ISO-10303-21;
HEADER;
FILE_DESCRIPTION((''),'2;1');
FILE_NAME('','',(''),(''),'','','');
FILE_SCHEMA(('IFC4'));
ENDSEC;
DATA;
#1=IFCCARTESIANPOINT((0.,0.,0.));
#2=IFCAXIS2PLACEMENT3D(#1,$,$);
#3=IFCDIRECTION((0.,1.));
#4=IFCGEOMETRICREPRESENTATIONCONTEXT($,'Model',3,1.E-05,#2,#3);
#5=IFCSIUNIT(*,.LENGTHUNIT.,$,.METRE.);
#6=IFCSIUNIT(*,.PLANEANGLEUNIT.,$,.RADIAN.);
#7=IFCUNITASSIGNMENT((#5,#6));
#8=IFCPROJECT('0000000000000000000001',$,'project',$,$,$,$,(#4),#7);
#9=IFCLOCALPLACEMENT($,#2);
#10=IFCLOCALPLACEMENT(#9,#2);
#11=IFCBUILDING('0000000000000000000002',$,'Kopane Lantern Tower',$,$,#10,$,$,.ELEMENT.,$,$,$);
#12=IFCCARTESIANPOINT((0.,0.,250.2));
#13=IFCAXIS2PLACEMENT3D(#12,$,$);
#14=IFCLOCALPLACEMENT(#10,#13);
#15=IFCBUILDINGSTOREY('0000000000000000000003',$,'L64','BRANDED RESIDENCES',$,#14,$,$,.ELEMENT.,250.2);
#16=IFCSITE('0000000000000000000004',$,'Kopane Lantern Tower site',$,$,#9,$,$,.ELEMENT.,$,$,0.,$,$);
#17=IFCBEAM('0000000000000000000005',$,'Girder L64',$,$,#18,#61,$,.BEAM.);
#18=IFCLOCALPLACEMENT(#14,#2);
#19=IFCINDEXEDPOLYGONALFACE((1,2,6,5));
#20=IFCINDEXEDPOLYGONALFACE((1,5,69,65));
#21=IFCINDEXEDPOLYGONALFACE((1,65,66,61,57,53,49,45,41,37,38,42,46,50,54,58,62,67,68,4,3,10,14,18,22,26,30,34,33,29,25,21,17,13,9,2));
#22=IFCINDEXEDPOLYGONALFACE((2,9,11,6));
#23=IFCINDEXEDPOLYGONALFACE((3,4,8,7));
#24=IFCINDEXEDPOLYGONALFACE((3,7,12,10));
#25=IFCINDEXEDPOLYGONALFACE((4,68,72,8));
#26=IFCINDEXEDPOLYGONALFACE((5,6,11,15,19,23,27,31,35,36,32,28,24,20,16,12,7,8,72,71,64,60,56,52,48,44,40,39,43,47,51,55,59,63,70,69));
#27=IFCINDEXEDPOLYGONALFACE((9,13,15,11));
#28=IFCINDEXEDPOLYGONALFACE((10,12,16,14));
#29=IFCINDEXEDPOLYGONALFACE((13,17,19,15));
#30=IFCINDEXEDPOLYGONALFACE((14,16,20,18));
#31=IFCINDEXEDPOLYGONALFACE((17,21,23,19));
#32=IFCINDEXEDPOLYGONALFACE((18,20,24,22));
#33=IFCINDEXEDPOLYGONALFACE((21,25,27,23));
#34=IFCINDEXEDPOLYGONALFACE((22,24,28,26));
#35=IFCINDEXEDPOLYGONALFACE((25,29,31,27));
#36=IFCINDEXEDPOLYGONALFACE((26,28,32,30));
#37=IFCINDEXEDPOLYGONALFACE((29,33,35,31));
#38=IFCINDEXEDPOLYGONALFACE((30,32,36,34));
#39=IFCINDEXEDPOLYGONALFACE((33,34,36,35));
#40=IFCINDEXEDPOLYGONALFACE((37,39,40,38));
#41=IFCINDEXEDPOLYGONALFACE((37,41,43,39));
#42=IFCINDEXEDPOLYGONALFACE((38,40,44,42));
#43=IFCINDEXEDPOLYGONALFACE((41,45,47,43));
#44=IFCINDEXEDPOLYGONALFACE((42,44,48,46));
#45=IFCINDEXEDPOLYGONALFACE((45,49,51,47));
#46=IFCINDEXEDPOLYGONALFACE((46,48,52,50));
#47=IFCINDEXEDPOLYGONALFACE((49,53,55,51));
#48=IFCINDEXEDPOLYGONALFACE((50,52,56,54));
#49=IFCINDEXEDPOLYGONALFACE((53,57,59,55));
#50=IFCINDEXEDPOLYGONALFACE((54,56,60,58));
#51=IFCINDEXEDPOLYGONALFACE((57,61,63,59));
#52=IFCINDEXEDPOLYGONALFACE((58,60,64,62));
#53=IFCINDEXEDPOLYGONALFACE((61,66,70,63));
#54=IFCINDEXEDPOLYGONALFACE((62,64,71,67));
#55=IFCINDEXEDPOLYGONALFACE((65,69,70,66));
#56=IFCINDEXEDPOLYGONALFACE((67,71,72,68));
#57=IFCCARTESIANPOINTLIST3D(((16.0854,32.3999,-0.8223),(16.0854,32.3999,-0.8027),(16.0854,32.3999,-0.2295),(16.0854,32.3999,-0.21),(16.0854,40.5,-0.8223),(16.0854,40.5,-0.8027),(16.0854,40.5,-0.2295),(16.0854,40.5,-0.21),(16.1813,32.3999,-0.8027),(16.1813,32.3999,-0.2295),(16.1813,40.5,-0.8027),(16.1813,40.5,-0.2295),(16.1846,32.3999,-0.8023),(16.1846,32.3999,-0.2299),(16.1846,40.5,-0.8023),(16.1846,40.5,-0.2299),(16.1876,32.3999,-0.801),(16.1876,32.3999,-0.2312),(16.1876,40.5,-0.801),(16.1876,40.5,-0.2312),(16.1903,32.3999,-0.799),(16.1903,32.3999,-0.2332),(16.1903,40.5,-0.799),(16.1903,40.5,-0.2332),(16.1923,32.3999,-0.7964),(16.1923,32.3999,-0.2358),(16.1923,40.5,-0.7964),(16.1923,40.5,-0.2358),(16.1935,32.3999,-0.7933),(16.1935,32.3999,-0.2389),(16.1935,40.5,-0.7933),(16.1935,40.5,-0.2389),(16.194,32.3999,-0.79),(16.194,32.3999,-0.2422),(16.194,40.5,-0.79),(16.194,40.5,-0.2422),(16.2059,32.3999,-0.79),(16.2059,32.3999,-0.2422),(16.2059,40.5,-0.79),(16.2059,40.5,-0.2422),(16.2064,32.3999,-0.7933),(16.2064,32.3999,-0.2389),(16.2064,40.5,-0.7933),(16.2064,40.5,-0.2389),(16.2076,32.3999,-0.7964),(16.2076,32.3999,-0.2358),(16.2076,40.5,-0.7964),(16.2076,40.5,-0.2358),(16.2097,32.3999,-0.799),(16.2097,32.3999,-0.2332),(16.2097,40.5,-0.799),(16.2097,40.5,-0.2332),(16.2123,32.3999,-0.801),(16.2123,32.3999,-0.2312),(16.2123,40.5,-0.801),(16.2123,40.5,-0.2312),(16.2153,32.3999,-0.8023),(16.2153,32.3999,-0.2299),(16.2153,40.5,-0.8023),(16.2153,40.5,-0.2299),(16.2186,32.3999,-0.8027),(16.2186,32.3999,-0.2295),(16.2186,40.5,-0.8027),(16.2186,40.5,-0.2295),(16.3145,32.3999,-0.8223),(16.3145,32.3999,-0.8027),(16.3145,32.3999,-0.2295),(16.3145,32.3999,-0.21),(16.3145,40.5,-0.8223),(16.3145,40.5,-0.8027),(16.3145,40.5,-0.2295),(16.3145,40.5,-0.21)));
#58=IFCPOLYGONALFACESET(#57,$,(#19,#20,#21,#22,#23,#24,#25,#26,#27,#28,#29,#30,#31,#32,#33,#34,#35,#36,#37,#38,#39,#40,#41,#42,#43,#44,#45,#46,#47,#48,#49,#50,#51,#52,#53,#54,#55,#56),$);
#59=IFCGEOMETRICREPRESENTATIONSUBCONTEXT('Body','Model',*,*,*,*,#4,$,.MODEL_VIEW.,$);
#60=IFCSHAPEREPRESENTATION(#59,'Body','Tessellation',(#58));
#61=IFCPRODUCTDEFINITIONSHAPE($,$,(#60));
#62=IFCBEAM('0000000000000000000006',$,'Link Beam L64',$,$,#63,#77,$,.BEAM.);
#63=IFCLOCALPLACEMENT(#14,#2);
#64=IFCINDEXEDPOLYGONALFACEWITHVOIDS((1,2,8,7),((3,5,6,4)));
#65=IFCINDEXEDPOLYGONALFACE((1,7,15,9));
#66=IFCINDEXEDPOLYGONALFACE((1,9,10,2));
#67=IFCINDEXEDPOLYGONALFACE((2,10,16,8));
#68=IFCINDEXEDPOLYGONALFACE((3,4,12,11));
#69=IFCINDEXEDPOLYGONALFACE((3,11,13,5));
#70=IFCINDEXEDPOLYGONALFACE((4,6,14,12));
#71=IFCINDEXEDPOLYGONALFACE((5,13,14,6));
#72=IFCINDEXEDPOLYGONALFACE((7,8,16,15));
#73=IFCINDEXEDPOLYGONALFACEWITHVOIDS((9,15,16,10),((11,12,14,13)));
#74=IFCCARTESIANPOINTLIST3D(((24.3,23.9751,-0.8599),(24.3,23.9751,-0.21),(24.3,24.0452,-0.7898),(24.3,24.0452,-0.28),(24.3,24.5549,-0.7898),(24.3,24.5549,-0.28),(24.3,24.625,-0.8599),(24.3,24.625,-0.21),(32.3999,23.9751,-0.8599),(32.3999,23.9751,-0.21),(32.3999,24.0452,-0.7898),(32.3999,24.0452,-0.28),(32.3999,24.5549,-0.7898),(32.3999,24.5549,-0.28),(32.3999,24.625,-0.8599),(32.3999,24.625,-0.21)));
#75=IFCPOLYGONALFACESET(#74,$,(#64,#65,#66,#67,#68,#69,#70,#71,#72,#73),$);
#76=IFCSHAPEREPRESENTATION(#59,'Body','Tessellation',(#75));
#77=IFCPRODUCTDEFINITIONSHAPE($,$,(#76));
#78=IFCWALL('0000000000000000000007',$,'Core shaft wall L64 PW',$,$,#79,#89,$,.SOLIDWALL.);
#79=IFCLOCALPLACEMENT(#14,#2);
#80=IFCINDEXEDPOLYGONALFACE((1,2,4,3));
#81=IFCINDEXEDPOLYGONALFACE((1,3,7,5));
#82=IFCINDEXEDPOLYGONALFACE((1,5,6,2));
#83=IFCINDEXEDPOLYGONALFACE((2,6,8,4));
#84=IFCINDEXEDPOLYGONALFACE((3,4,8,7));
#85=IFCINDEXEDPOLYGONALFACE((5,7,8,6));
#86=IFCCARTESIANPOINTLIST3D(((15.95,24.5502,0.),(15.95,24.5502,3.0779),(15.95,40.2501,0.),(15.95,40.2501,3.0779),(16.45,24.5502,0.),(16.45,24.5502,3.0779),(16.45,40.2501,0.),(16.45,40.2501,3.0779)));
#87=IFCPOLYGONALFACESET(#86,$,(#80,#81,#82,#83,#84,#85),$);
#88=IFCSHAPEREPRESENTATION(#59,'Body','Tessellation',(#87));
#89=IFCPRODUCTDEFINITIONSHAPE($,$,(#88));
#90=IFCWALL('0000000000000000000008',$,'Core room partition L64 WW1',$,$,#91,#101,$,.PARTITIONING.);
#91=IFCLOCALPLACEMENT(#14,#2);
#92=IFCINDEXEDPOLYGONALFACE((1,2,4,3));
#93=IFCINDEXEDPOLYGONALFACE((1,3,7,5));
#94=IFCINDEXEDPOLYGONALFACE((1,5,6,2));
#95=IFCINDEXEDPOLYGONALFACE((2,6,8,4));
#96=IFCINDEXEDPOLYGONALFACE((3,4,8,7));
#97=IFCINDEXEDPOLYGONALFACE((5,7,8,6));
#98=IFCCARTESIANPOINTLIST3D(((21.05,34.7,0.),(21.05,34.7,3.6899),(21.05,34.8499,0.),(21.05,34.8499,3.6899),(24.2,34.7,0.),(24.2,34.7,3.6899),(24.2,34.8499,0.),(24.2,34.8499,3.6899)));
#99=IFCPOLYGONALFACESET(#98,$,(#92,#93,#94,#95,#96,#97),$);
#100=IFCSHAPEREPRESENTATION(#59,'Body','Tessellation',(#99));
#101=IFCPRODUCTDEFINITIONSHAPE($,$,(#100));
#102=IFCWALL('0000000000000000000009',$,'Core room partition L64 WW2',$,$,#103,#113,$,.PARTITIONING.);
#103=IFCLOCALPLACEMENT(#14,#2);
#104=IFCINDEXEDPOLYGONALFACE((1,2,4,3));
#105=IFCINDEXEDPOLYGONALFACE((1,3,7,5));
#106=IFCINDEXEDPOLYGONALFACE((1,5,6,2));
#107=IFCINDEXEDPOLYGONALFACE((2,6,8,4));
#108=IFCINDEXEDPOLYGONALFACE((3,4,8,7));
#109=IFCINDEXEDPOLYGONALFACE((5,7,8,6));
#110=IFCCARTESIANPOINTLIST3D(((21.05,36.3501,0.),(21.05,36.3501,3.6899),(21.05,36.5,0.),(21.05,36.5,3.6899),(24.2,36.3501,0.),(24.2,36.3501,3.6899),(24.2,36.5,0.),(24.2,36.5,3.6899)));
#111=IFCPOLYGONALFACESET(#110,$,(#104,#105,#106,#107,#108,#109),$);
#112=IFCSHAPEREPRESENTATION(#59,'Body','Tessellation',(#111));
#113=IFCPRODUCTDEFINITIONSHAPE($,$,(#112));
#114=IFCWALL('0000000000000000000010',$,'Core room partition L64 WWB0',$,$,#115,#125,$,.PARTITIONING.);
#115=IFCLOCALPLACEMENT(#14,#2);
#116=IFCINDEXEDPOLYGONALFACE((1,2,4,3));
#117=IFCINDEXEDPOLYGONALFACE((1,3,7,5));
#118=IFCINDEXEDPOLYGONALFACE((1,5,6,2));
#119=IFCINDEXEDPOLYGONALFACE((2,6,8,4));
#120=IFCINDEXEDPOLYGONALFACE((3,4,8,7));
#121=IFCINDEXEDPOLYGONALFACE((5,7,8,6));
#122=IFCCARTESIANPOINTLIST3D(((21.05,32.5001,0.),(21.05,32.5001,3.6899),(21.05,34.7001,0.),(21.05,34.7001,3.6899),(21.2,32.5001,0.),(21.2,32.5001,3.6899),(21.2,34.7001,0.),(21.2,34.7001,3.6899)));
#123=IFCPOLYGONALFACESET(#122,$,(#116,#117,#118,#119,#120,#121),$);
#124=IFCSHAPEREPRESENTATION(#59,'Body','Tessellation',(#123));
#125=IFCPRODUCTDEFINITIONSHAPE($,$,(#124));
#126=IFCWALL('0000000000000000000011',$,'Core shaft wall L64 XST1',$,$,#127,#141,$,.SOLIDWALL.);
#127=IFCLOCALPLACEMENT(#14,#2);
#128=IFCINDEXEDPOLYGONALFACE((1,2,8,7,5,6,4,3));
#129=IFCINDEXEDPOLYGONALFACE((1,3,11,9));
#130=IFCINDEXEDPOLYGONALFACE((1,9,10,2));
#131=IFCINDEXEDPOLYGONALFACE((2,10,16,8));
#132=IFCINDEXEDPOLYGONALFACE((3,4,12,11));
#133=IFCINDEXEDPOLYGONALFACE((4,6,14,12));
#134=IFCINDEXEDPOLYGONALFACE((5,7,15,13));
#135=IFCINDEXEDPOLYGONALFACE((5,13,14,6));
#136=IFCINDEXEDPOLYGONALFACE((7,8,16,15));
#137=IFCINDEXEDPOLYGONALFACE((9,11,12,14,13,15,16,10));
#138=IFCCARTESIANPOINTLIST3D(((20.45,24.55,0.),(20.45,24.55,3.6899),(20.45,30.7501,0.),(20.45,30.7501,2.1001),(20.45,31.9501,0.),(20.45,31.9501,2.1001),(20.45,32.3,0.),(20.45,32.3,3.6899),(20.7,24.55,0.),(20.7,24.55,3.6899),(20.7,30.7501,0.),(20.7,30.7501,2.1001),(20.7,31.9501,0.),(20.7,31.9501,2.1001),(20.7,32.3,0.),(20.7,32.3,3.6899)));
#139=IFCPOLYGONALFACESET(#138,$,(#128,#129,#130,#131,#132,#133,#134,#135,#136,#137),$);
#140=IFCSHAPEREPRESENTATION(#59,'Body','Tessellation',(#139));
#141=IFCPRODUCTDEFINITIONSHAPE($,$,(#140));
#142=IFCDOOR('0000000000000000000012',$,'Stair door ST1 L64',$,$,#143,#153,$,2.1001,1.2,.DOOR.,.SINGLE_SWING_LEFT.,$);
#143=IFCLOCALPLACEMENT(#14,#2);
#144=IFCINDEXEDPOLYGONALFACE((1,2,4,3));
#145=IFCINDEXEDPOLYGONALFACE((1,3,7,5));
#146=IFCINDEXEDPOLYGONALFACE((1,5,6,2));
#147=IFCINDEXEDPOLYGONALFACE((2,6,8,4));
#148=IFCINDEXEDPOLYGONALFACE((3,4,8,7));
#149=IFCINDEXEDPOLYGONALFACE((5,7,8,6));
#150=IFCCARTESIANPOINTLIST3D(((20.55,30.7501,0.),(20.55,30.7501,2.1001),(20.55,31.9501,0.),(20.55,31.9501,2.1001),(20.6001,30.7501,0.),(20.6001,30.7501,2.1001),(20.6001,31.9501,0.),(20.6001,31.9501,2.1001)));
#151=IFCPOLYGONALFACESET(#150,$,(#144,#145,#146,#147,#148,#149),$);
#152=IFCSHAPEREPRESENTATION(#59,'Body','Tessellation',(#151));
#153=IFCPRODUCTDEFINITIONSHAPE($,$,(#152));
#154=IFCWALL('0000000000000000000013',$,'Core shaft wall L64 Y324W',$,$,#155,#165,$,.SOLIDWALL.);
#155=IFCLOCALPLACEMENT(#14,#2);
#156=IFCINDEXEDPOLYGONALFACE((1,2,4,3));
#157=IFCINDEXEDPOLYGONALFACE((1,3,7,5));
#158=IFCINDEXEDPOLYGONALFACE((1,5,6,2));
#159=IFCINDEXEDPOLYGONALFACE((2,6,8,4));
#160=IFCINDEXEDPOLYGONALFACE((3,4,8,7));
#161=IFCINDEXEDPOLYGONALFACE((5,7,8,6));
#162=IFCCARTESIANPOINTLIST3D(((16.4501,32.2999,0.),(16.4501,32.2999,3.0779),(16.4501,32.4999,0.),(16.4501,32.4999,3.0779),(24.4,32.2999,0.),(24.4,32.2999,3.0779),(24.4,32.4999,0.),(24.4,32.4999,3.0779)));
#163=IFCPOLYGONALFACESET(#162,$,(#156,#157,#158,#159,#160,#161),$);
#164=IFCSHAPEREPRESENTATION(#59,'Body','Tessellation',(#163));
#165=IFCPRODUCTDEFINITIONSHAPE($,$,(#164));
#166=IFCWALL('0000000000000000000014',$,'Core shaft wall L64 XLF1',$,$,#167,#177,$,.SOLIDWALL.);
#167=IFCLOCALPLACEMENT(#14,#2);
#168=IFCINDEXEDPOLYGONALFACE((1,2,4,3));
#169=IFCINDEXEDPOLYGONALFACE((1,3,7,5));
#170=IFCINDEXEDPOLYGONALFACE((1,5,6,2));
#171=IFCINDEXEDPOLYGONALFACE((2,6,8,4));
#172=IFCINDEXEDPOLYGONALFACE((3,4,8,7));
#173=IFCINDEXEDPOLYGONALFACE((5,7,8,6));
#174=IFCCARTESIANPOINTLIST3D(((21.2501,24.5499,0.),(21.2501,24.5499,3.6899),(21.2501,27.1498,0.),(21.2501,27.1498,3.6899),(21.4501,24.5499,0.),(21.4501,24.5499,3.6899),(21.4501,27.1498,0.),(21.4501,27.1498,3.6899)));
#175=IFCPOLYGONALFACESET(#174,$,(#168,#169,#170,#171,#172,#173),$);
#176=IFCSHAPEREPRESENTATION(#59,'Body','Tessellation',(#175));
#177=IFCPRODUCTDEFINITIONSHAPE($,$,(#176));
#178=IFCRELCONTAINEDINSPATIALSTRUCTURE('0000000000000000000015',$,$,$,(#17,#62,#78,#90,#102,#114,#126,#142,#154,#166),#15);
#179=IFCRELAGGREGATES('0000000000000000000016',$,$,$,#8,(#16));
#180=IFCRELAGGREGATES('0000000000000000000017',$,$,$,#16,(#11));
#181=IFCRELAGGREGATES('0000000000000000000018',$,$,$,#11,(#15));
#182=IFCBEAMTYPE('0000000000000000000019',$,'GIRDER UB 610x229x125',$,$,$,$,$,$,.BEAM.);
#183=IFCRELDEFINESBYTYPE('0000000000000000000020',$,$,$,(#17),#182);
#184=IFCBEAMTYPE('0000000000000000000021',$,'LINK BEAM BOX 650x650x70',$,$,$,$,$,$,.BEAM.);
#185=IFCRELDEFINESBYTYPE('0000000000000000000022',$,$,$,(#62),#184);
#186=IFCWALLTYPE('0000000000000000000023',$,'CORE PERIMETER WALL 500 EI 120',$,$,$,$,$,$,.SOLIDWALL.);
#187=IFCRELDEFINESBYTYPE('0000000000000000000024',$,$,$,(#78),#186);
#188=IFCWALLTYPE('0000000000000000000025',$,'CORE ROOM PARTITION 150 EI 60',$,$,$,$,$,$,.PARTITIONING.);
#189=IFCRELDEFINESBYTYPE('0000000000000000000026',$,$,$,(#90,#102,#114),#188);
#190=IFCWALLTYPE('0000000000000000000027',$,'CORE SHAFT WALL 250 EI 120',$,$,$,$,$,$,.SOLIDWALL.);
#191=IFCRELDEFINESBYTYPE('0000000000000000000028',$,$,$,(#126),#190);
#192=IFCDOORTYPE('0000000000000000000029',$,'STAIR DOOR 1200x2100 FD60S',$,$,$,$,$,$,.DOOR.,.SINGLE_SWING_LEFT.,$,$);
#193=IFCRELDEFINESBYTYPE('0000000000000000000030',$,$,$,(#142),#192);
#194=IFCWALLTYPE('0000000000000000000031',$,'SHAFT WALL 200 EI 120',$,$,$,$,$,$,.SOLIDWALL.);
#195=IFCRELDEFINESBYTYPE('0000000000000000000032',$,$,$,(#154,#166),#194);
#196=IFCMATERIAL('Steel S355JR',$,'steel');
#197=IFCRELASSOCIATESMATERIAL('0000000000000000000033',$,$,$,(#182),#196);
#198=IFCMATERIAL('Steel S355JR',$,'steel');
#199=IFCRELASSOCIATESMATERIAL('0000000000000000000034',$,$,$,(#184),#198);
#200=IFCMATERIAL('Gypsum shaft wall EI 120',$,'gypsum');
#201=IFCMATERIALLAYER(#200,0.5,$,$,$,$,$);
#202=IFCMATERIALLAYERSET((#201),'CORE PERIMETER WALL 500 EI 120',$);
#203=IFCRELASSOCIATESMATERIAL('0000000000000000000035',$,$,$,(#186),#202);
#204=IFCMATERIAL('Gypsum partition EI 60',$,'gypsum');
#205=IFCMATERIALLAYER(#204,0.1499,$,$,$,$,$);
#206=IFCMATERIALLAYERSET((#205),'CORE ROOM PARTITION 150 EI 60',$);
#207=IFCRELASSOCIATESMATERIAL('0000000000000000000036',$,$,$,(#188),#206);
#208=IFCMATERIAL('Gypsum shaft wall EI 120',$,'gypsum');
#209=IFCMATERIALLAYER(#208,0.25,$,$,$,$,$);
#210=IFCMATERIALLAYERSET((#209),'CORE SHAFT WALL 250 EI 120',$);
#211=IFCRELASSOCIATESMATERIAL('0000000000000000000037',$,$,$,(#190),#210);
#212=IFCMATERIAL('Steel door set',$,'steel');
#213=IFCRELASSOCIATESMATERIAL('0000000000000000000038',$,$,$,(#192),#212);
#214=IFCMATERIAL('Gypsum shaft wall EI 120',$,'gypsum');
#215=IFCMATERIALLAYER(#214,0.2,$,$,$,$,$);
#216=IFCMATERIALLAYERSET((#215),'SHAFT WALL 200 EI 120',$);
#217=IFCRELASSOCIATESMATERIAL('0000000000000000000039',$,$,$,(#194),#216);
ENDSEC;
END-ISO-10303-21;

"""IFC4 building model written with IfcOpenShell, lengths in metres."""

from ifc_helpers import new_model, si_unit, direction, frame, frame_2d, origin, origin_2d, place, context, subcontext, project, spatial, rectangle, hollow_rectangle, i_section, extrude, material, layer, layer_set, material_profile, profile_set, type_object, element, fill, save


model = new_model("IFC4")

# Units and contexts
model_context = context("Model", 3, precision=1e-05, world=origin(), true_north=direction((0.0, 1.0)))
body_context = subcontext(model_context, "Body", "Model", "MODEL_VIEW")
ifc_project = project(units=[si_unit("LENGTHUNIT", "METRE"), si_unit("PLANEANGLEUNIT", "RADIAN")], contexts=[model_context])

# Site, building, storey
site_placement = place(None, origin())
site = spatial("IfcSite", under=ifc_project, at=site_placement, Name="Kopane Lantern Tower site", CompositionType="ELEMENT", RefElevation=0.0)
building_placement = place(site_placement, origin())
building = spatial("IfcBuilding", under=site, at=building_placement, Name="Kopane Lantern Tower", CompositionType="ELEMENT")
storey_placement = place(building_placement, frame((0.0, 0.0, 250.2)))
storey = spatial("IfcBuildingStorey", under=building, at=storey_placement, Name="L64", Description="BRANDED RESIDENCES", CompositionType="ELEMENT", Elevation=250.2)

# Beams
ifc_material_1 = material(Name="Steel S355JR", Category="steel")
ifc_material_profile_1 = material_profile(ifc_material_1, i_section(OverallWidth=0.229, OverallDepth=0.6123, WebThickness=0.012, FlangeThickness=0.0195, FilletRadius=0.0127, at=origin_2d()), Name="UB 610x229x125")
ifc_profile_set_1 = profile_set([ifc_material_profile_1], Name="Steel S355JR")
beam_type_1 = type_object("IfcBeamType", Name="GIRDER UB 610x229x125", PredefinedType="BEAM", material=ifc_profile_set_1)
beam_1_placement = place(storey_placement, frame((16.2, 32.3999, -0.5161), z_axis=(0.0, 1.0, 0.0), x_axis=(-1.0, 0.0, 0.0)))
element("IfcBeam", 1, at=beam_1_placement, inside=storey, type_object=beam_type_1, Name="Girder L64", PredefinedType="BEAM", context=body_context, shape_type="SweptSolid", body=[
    extrude(i_section(OverallWidth=0.229, OverallDepth=0.6123, WebThickness=0.012, FlangeThickness=0.0195, FilletRadius=0.0127, at=origin_2d()), origin(), (0.0, 0.0, 1.0), 8.1001),
])
ifc_material_2 = material(Name="Steel S355JR", Category="steel")
ifc_material_profile_2 = material_profile(ifc_material_2, hollow_rectangle(XDim=0.6499, YDim=0.6499, WallThickness=0.0701, at=origin_2d()), Name="BOX 650x650x70")
ifc_profile_set_2 = profile_set([ifc_material_profile_2], Name="Steel S355JR")
beam_type_2 = type_object("IfcBeamType", Name="LINK BEAM BOX 650x650x70", PredefinedType="BEAM", material=ifc_profile_set_2)
beam_2_placement = place(storey_placement, frame((24.3, 24.3, -0.5349), z_axis=(1.0, 0.0, 0.0), x_axis=(0.0, 1.0, 0.0)))
element("IfcBeam", 2, at=beam_2_placement, inside=storey, type_object=beam_type_2, Name="Link Beam L64", PredefinedType="BEAM", context=body_context, shape_type="SweptSolid", body=[
    extrude(hollow_rectangle(XDim=0.6499, YDim=0.6499, WallThickness=0.0701, at=origin_2d()), origin(), (0.0, 0.0, 1.0), 8.0999),
])

# Walls
ifc_material_3 = material(Name="Gypsum shaft wall EI 120", Category="gypsum")
ifc_layer_1 = layer(ifc_material_3, 0.5)
ifc_layer_set_1 = layer_set([ifc_layer_1], Name="CORE PERIMETER WALL 500 EI 120")
wall_type_1 = type_object("IfcWallType", Name="CORE PERIMETER WALL 500 EI 120", PredefinedType="SOLIDWALL", material=ifc_layer_set_1)
wall_1_placement = place(storey_placement, frame((16.2, 24.55, 0.0), z_axis=(0.0, 0.0, 1.0), x_axis=(0.0, 1.0, 0.0)))
element("IfcWall", 3, at=wall_1_placement, inside=storey, type_object=wall_type_1, Name="Core shaft wall L64 PW", PredefinedType="SOLIDWALL", context=body_context, shape_type="SweptSolid", body=[
    extrude(rectangle(XDim=15.7, YDim=0.5, at=frame_2d((7.8501, 0.0))), origin(), (0.0, 0.0, 1.0), 3.0779),
])
ifc_material_4 = material(Name="Gypsum partition EI 60", Category="gypsum")
ifc_layer_2 = layer(ifc_material_4, 0.1499)
ifc_layer_set_2 = layer_set([ifc_layer_2], Name="CORE ROOM PARTITION 150 EI 60")
wall_type_2 = type_object("IfcWallType", Name="CORE ROOM PARTITION 150 EI 60", PredefinedType="PARTITIONING", material=ifc_layer_set_2)
for number, where, z_axis, x_axis, name in (
    (4, (21.05, 34.7749, 0.0), (0.0, 0.0, 1.0), (1.0, 0.0, 0.0), "Core room partition L64 WW1"),
    (5, (21.05, 36.425, 0.0), (0.0, 0.0, 1.0), (1.0, 0.0, 0.0), "Core room partition L64 WW2"),
):
    element("IfcWall", number, at=place(storey_placement, frame(where, z_axis=z_axis, x_axis=x_axis)), inside=storey, type_object=wall_type_2, Name=name, PredefinedType="PARTITIONING", context=body_context, shape_type="SweptSolid", body=[
        extrude(rectangle(XDim=3.1499, YDim=0.1499, at=frame_2d((1.575, 0.0))), origin(), (0.0, 0.0, 1.0), 3.6899),
    ])
wall_2_placement = place(storey_placement, frame((21.125, 32.5, 0.0), z_axis=(0.0, 0.0, 1.0), x_axis=(0.0, 1.0, 0.0)))
element("IfcWall", 6, at=wall_2_placement, inside=storey, type_object=wall_type_2, Name="Core room partition L64 WWB0", PredefinedType="PARTITIONING", context=body_context, shape_type="SweptSolid", body=[
    extrude(rectangle(XDim=2.2, YDim=0.1499, at=frame_2d((1.1001, 0.0))), origin(), (0.0, 0.0, 1.0), 3.6899),
])

# Wall, opening, door
ifc_material_5 = material(Name="Gypsum shaft wall EI 120", Category="gypsum")
ifc_layer_3 = layer(ifc_material_5, 0.25)
ifc_layer_set_3 = layer_set([ifc_layer_3], Name="CORE SHAFT WALL 250 EI 120")
wall_type_3 = type_object("IfcWallType", Name="CORE SHAFT WALL 250 EI 120", PredefinedType="SOLIDWALL", material=ifc_layer_set_3)
wall_3_placement = place(storey_placement, frame((20.575, 24.55, 0.0), z_axis=(0.0, 0.0, 1.0), x_axis=(0.0, 1.0, 0.0)))
wall_3 = element("IfcWall", 7, at=wall_3_placement, inside=storey, type_object=wall_type_3, Name="Core shaft wall L64 XST1", PredefinedType="SOLIDWALL", context=body_context, shape_type="SweptSolid", body=[
    extrude(rectangle(XDim=7.75, YDim=0.25, at=frame_2d((3.875, 0.0))), origin(), (0.0, 0.0, 1.0), 3.6899),
])
opening_1_placement = place(wall_3_placement, frame((6.2, 0.0, 0.0)))
opening_1 = element("IfcOpeningElement", 8, at=opening_1_placement, cuts=wall_3, PredefinedType="OPENING", context=body_context, shape_type="SweptSolid", body=[
    extrude(rectangle(XDim=1.2, YDim=2.1001, at=frame_2d((0.6001, 1.05))), frame((0.0, 0.135, 0.0), z_axis=(0.0, -1.0, 0.0), x_axis=(1.0, 0.0, 0.0)), (0.0, 0.0, 1.0), 0.27),
])
ifc_material_6 = material(Name="Steel door set", Category="steel")
door_type_1 = type_object("IfcDoorType", Name="STAIR DOOR 1200x2100 FD60S", OperationType="SINGLE_SWING_LEFT", PredefinedType="DOOR", material=ifc_material_6)
door_1_placement = place(opening_1_placement, origin())
door_1 = element("IfcDoor", 9, at=door_1_placement, inside=storey, type_object=door_type_1, Name="Stair door ST1 L64", OperationType="SINGLE_SWING_LEFT", OverallHeight=2.1001, OverallWidth=1.2, PredefinedType="DOOR", context=body_context, shape_type="SweptSolid", body=[
    extrude(rectangle(XDim=1.2, YDim=2.1001, at=frame_2d((0.6001, 1.05))), frame((0.0, 0.0249, 0.0), z_axis=(0.0, -1.0, 0.0), x_axis=(1.0, 0.0, 0.0)), (0.0, 0.0, 1.0), 0.05),
])
fill(opening_1, door_1)

# Walls
ifc_material_7 = material(Name="Gypsum shaft wall EI 120", Category="gypsum")
ifc_layer_4 = layer(ifc_material_7, 0.2)
ifc_layer_set_4 = layer_set([ifc_layer_4], Name="SHAFT WALL 200 EI 120")
wall_type_4 = type_object("IfcWallType", Name="SHAFT WALL 200 EI 120", PredefinedType="SOLIDWALL", material=ifc_layer_set_4)
wall_4_placement = place(storey_placement, frame((16.45, 32.3999, 0.0), z_axis=(0.0, 0.0, 1.0), x_axis=(1.0, 0.0, 0.0)))
element("IfcWall", 10, at=wall_4_placement, inside=storey, type_object=wall_type_4, Name="Core shaft wall L64 Y324W", PredefinedType="SOLIDWALL", context=body_context, shape_type="SweptSolid", body=[
    extrude(rectangle(XDim=7.95, YDim=0.2, at=frame_2d((3.9751, 0.0))), origin(), (0.0, 0.0, 1.0), 3.0779),
])
wall_5_placement = place(storey_placement, frame((21.3501, 24.55, 0.0), z_axis=(0.0, 0.0, 1.0), x_axis=(0.0, 1.0, 0.0)))
element("IfcWall", 11, at=wall_5_placement, inside=storey, type_object=wall_type_4, Name="Core shaft wall L64 XLF1", PredefinedType="SOLIDWALL", context=body_context, shape_type="SweptSolid", body=[
    extrude(rectangle(XDim=2.5999, YDim=0.2, at=frame_2d((1.2998, 0.0))), origin(), (0.0, 0.0, 1.0), 3.6899),
])

save(model, "model.ifc")
